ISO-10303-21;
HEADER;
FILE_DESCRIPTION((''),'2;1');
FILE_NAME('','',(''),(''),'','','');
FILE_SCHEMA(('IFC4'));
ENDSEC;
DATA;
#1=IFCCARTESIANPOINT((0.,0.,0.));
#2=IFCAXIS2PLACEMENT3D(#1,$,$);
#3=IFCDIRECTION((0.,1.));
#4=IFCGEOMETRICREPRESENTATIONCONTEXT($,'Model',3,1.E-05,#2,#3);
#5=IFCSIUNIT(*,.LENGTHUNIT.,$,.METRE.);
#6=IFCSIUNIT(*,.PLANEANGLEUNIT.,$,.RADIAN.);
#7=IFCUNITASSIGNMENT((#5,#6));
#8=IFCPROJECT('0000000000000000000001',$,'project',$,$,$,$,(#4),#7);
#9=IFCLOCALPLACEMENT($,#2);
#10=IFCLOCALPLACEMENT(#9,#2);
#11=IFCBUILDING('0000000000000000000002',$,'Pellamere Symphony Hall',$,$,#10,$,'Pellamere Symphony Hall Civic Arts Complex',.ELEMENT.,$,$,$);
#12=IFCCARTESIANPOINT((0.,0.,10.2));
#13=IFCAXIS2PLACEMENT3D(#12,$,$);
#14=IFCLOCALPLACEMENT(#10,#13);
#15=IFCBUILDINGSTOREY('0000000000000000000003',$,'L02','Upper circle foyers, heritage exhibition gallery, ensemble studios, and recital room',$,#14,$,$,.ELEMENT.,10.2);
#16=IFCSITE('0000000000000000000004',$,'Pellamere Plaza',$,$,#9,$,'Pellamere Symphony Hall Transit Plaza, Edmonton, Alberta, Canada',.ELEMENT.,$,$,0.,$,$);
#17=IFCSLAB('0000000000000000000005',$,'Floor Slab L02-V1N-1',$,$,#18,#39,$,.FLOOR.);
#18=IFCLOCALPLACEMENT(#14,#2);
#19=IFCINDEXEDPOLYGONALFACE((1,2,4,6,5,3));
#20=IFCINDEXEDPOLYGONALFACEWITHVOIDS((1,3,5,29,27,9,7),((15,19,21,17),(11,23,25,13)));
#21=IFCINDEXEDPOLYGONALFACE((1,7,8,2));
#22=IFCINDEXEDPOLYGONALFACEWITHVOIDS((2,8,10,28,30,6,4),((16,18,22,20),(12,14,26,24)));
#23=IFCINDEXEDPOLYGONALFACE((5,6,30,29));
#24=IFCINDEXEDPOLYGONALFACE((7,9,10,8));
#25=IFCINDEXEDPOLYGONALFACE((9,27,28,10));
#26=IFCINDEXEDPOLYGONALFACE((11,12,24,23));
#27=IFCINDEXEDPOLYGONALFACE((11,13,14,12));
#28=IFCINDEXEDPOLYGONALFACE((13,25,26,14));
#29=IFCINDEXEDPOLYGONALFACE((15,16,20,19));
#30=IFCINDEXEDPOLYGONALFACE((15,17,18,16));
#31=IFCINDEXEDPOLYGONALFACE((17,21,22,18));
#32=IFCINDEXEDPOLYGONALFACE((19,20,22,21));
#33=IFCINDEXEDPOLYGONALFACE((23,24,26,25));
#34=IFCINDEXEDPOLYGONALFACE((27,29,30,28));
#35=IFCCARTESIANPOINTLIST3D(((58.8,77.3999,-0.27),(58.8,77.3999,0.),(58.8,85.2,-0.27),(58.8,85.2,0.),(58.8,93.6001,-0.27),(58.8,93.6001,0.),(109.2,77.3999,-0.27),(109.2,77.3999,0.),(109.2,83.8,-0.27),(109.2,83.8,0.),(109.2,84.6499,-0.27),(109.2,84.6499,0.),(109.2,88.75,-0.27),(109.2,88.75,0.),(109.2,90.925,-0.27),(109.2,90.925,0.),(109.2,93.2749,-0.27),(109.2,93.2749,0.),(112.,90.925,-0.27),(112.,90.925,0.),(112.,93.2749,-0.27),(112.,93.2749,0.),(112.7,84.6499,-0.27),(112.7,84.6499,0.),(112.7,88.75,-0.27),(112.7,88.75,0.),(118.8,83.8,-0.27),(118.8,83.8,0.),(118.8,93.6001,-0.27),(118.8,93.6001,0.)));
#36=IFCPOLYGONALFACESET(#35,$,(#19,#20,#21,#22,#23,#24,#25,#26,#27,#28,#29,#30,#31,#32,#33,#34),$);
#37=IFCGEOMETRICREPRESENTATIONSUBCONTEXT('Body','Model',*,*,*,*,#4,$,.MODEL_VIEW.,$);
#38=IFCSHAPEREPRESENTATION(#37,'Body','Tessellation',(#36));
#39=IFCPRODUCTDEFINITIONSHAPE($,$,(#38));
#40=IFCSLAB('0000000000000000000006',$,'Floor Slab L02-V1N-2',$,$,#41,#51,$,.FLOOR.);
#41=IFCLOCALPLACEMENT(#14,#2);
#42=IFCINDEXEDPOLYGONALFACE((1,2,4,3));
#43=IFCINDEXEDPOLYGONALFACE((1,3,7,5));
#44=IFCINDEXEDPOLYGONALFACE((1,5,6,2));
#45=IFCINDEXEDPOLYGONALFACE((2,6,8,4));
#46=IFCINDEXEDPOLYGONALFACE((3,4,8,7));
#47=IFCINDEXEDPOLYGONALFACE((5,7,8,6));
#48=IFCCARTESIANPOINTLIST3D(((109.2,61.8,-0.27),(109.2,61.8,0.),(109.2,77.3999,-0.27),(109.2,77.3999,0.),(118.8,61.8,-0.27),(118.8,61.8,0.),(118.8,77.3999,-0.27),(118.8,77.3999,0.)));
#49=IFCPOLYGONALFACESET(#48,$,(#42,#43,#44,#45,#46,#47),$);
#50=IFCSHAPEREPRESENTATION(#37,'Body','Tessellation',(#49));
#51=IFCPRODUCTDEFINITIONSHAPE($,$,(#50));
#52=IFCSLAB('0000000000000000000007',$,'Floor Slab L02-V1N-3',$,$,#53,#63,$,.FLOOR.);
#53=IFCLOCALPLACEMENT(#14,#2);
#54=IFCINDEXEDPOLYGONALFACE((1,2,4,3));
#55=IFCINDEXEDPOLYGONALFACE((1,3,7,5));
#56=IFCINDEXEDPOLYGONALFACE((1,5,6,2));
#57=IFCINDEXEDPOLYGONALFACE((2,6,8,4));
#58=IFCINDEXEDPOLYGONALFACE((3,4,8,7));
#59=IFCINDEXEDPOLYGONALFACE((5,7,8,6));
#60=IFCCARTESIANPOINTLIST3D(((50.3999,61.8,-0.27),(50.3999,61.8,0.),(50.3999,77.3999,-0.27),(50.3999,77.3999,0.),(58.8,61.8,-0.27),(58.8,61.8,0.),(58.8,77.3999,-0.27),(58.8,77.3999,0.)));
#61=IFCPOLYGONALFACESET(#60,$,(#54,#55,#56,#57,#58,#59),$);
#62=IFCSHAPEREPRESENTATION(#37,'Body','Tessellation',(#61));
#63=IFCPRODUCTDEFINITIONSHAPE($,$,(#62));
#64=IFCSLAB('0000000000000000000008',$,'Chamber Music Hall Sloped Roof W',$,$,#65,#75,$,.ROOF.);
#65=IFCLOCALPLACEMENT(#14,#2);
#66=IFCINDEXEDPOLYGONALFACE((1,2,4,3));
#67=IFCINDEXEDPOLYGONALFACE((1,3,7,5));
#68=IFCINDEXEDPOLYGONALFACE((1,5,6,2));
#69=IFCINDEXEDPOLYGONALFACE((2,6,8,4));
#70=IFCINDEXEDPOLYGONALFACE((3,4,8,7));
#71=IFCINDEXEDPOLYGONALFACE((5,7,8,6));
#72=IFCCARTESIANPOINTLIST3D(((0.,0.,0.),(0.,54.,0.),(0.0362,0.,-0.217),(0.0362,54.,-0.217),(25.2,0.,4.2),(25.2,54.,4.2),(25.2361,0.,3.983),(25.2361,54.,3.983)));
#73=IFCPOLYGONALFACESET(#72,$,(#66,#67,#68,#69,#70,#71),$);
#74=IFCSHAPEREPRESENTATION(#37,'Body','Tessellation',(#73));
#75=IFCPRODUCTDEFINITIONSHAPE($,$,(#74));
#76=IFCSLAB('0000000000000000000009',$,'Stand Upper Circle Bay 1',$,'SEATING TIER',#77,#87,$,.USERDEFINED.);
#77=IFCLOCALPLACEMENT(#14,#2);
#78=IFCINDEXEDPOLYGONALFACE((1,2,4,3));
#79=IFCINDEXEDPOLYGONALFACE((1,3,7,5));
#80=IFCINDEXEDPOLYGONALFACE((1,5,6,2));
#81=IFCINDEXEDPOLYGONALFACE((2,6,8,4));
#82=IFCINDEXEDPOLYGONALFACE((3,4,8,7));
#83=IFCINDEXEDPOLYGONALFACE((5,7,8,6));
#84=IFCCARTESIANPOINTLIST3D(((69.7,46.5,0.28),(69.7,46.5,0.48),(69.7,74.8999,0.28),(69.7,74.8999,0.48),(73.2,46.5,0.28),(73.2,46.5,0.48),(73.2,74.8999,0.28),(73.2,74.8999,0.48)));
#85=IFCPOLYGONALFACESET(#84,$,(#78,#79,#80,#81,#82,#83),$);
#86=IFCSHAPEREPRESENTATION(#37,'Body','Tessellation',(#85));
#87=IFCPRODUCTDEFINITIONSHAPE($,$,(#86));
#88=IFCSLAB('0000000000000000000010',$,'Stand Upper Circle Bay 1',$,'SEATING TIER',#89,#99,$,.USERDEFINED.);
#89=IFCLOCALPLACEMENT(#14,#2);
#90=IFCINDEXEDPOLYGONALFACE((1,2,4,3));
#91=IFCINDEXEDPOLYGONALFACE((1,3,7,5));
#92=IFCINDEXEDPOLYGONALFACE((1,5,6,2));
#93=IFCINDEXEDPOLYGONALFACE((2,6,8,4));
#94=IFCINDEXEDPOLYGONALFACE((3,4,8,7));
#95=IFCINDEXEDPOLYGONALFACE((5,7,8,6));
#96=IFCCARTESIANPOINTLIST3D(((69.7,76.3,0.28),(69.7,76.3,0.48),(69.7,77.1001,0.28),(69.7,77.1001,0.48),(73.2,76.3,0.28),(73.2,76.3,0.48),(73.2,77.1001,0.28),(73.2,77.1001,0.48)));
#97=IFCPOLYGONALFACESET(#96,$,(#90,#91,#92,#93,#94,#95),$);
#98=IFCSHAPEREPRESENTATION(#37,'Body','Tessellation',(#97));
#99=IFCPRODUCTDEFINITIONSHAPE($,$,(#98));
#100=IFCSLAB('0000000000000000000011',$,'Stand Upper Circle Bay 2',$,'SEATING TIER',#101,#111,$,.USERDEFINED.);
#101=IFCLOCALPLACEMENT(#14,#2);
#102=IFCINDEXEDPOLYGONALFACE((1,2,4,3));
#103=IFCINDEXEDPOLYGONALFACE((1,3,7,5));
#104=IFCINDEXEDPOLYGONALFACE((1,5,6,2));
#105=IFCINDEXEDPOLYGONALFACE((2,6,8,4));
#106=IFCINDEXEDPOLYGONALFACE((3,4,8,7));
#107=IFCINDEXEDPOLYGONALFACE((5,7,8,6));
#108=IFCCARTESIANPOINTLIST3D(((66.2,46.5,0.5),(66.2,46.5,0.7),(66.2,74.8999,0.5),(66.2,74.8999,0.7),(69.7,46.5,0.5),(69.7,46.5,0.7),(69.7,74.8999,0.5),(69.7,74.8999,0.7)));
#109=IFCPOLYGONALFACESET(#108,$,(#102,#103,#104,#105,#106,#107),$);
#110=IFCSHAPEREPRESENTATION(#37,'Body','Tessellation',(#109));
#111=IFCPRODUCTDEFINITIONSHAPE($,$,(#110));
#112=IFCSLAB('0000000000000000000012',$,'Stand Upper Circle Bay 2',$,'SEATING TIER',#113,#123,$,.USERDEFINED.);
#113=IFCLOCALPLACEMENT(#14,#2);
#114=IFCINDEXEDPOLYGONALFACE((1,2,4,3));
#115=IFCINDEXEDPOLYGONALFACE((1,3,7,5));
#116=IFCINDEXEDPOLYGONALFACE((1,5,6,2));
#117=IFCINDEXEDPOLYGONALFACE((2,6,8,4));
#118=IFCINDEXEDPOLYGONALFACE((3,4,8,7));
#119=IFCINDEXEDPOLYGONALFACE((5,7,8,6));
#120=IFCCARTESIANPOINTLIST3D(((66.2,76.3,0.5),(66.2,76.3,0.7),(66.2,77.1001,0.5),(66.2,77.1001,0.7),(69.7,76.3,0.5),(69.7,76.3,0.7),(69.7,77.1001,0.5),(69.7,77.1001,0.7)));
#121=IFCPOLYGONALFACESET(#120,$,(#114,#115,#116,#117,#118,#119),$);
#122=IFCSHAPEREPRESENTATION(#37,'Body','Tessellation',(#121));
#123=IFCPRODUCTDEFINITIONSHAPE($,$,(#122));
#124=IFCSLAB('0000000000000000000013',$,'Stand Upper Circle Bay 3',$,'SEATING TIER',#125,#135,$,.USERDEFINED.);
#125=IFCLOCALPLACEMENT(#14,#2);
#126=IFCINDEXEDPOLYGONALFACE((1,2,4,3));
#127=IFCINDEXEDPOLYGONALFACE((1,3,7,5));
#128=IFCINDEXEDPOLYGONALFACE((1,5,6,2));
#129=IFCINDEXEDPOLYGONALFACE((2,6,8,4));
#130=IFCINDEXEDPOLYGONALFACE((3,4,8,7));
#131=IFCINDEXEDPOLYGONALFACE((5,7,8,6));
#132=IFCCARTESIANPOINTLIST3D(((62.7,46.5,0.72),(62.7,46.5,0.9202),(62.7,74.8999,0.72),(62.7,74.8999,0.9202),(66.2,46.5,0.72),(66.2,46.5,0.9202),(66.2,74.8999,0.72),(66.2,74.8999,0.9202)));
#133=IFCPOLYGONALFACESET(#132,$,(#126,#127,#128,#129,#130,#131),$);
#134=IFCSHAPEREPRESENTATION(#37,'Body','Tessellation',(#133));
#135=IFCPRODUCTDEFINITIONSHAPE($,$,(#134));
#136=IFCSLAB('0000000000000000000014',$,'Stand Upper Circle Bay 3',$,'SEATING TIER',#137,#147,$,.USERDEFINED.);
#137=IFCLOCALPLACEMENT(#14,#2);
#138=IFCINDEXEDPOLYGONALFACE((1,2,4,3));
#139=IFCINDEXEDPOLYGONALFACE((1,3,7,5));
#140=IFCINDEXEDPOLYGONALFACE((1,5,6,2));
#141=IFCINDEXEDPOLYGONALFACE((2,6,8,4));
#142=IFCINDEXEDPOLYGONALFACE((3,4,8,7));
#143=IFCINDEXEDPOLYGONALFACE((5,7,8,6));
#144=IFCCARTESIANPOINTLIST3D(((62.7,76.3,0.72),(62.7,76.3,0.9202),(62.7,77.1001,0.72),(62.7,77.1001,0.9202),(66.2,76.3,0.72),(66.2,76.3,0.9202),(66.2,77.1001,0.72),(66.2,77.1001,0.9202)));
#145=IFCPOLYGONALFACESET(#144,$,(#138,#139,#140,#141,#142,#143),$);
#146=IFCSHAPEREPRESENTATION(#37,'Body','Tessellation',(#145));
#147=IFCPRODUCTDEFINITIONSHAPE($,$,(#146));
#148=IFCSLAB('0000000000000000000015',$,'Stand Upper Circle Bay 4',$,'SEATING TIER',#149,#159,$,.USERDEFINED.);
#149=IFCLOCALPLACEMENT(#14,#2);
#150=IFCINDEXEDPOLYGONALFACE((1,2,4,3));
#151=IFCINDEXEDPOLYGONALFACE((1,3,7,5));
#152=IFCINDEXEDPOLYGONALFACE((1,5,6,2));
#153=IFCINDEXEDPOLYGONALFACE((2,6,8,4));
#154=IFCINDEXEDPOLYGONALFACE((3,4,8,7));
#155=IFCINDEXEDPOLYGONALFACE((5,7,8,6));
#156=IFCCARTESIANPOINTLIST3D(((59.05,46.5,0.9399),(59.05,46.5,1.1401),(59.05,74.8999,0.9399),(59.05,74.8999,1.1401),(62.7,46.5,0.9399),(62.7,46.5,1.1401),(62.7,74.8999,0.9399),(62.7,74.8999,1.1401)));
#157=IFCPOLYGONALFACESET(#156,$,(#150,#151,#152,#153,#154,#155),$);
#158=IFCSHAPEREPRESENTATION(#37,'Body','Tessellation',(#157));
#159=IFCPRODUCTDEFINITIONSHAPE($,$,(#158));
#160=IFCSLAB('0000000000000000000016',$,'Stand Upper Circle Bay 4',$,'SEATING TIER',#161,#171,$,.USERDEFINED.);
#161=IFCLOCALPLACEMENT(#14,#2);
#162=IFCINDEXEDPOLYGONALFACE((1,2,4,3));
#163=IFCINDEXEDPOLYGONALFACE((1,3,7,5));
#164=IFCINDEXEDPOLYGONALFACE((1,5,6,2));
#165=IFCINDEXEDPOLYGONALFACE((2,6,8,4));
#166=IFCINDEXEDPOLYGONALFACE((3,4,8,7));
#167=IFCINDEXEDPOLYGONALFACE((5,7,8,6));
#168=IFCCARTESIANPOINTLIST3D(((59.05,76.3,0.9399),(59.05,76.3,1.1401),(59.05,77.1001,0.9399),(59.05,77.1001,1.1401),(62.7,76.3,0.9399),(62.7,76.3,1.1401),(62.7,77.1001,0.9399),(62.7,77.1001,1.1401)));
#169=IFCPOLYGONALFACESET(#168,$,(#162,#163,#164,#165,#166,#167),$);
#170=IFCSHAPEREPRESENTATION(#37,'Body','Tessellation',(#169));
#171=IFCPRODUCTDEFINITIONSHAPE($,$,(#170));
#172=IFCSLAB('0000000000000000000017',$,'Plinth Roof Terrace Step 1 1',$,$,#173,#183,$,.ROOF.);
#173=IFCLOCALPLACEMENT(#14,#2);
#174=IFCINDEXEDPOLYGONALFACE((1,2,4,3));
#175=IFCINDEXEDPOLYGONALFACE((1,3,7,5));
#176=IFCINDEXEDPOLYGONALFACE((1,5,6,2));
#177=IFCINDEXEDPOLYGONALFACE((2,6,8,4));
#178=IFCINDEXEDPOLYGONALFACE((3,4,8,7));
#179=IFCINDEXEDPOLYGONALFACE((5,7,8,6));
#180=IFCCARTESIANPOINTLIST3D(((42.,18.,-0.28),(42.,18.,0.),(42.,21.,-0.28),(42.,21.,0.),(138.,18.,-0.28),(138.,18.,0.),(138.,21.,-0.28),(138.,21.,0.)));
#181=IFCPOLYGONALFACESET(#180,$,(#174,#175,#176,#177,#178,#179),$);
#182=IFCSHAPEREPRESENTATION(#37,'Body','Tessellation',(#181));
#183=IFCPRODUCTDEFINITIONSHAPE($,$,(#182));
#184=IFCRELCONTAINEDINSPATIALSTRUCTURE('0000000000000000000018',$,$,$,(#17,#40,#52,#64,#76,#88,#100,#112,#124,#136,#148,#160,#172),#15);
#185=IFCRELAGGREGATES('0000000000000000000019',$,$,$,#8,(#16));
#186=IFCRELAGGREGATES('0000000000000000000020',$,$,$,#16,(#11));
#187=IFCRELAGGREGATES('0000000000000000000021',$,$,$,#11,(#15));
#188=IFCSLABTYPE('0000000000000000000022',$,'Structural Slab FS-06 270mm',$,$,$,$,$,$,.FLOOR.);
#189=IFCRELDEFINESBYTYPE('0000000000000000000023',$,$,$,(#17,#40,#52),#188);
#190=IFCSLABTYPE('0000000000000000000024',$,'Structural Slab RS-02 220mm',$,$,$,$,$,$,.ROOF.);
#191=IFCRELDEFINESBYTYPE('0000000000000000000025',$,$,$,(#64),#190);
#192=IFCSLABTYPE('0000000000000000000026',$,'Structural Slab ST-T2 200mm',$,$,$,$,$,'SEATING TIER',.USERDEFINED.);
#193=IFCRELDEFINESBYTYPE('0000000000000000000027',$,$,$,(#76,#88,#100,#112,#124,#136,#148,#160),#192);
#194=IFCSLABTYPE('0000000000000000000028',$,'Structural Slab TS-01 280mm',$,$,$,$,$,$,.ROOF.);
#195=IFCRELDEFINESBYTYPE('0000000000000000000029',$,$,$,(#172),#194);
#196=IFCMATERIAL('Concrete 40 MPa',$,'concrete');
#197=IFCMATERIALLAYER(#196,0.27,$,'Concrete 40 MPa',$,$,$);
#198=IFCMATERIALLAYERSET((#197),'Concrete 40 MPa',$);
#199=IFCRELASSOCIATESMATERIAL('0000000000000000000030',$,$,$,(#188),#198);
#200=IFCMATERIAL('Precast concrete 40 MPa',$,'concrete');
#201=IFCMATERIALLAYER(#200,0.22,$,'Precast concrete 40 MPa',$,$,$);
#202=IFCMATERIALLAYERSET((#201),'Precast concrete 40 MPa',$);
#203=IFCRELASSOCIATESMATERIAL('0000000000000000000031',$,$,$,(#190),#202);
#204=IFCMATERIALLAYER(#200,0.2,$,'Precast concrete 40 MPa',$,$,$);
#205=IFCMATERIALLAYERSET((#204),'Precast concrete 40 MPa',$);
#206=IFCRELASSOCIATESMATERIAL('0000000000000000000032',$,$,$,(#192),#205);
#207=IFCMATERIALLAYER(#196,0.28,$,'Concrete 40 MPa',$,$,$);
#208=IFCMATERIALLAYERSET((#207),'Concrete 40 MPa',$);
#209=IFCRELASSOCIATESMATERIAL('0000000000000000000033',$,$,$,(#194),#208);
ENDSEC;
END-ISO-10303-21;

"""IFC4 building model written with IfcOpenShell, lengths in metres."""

from ifc_helpers import new_model, si_unit, direction, frame, origin, place, context, subcontext, project, spatial, polyline, outline, extrude, material, layer, layer_set, type_object, element, save


model = new_model("IFC4")

# Units and contexts
model_context = context("Model", 3, precision=1e-05, world=origin(), true_north=direction((0.0, 1.0)))
body_context = subcontext(model_context, "Body", "Model", "MODEL_VIEW")
ifc_project = project(units=[si_unit("LENGTHUNIT", "METRE"), si_unit("PLANEANGLEUNIT", "RADIAN")], contexts=[model_context])

# Site, building, storey
site_placement = place(None, origin())
site = spatial("IfcSite", under=ifc_project, at=site_placement, Name="Pellamere Plaza", LongName="Pellamere Symphony Hall Transit Plaza, Edmonton, Alberta, Canada", CompositionType="ELEMENT", RefElevation=0.0)
building_placement = place(site_placement, origin())
building = spatial("IfcBuilding", under=site, at=building_placement, Name="Pellamere Symphony Hall", LongName="Pellamere Symphony Hall Civic Arts Complex", CompositionType="ELEMENT")
storey_placement = place(building_placement, frame((0.0, 0.0, 10.2)))
storey = spatial("IfcBuildingStorey", under=building, at=storey_placement, Name="L02", Description="Upper circle foyers, heritage exhibition gallery, ensemble studios, and recital room", CompositionType="ELEMENT", Elevation=10.2)

# Shared definitions
ifc_material_1 = material(Name="Concrete 40 MPa", Category="concrete")

# Slabs
ifc_layer_1 = layer(ifc_material_1, 0.27, Name="Concrete 40 MPa")
ifc_layer_set_1 = layer_set([ifc_layer_1], Name="Concrete 40 MPa")
slab_type_1 = type_object("IfcSlabType", Name="Structural Slab FS-06 270mm", PredefinedType="FLOOR", material=ifc_layer_set_1)
slab_1_placement = place(storey_placement, frame((0.0, 0.0, -0.27)))
element("IfcSlab", 1, at=slab_1_placement, inside=storey, type_object=slab_type_1, Name="Floor Slab L02-V1N-1", PredefinedType="FLOOR", context=body_context, shape_type="SweptSolid", body=[
    extrude(outline(polyline([(118.8, 93.6001), (118.8, 83.8), (109.2, 83.8), (109.2, 77.3999), (58.8, 77.3999), (58.8, 85.2), (58.8, 93.6001), (118.8, 93.6001)]), holes=[polyline([(112.7, 88.75), (109.2, 88.75), (109.2, 84.6499), (112.7, 84.6499), (112.7, 88.75)]), polyline([(112.0, 90.925), (112.0, 93.2749), (109.2, 93.2749), (109.2, 90.925), (112.0, 90.925)])]), origin(), (0.0, 0.0, 1.0), 0.27),
])
slab_2_placement = place(storey_placement, frame((0.0, 0.0, -0.27)))
element("IfcSlab", 2, at=slab_2_placement, inside=storey, type_object=slab_type_1, Name="Floor Slab L02-V1N-2", PredefinedType="FLOOR", context=body_context, shape_type="SweptSolid", body=[
    extrude(outline(polyline([(118.8, 61.8), (109.2, 61.8), (109.2, 77.3999), (118.8, 77.3999), (118.8, 61.8)])), origin(), (0.0, 0.0, 1.0), 0.27),
])
slab_3_placement = place(storey_placement, frame((0.0, 0.0, -0.27)))
element("IfcSlab", 3, at=slab_3_placement, inside=storey, type_object=slab_type_1, Name="Floor Slab L02-V1N-3", PredefinedType="FLOOR", context=body_context, shape_type="SweptSolid", body=[
    extrude(outline(polyline([(58.8, 61.8), (50.3999, 61.8), (50.3999, 77.3999), (58.8, 77.3999), (58.8, 61.8)])), origin(), (0.0, 0.0, 1.0), 0.27),
])
ifc_material_2 = material(Name="Precast concrete 40 MPa", Category="concrete")
ifc_layer_2 = layer(ifc_material_2, 0.22, Name="Precast concrete 40 MPa")
ifc_layer_set_2 = layer_set([ifc_layer_2], Name="Precast concrete 40 MPa")
slab_type_2 = type_object("IfcSlabType", Name="Structural Slab RS-02 220mm", PredefinedType="ROOF", material=ifc_layer_set_2)
slab_4_placement = place(storey_placement, frame((0.0, 0.0, 0.0), z_axis=(-0.164397, 0.0, 0.986394), x_axis=(0.986394, 0.0, 0.164397)))
element("IfcSlab", 4, at=slab_4_placement, inside=storey, type_object=slab_type_2, Name="Chamber Music Hall Sloped Roof W", PredefinedType="ROOF", context=body_context, shape_type="SweptSolid", body=[
    extrude(outline(polyline([(0.0, 0.0), (25.5475, 0.0), (25.5475, 54.0), (0.0, 54.0), (0.0, 0.0)])), origin(), (0.0, 0.0, -1.0), 0.22),
])
ifc_layer_3 = layer(ifc_material_2, 0.2, Name="Precast concrete 40 MPa")
ifc_layer_set_3 = layer_set([ifc_layer_3], Name="Precast concrete 40 MPa")
slab_type_3 = type_object("IfcSlabType", Name="Structural Slab ST-T2 200mm", ElementType="SEATING TIER", PredefinedType="USERDEFINED", material=ifc_layer_set_3)
slab_5_placement = place(storey_placement, frame((0.0, 0.0, 0.28)))
element("IfcSlab", 5, at=slab_5_placement, inside=storey, type_object=slab_type_3, Name="Stand Upper Circle Bay 1", ObjectType="SEATING TIER", PredefinedType="USERDEFINED", context=body_context, shape_type="SweptSolid", body=[
    extrude(outline(polyline([(73.2, 46.5), (69.7, 46.5), (69.7, 74.8999), (73.2, 74.8999), (73.2, 46.5)])), origin(), (0.0, 0.0, 1.0), 0.2),
])
slab_6_placement = place(storey_placement, frame((0.0, 0.0, 0.28)))
element("IfcSlab", 6, at=slab_6_placement, inside=storey, type_object=slab_type_3, Name="Stand Upper Circle Bay 1", ObjectType="SEATING TIER", PredefinedType="USERDEFINED", context=body_context, shape_type="SweptSolid", body=[
    extrude(outline(polyline([(69.7, 77.1001), (73.2, 77.1001), (73.2, 76.3), (69.7, 76.3), (69.7, 77.1001)])), origin(), (0.0, 0.0, 1.0), 0.2),
])
slab_7_placement = place(storey_placement, frame((0.0, 0.0, 0.5)))
element("IfcSlab", 7, at=slab_7_placement, inside=storey, type_object=slab_type_3, Name="Stand Upper Circle Bay 2", ObjectType="SEATING TIER", PredefinedType="USERDEFINED", context=body_context, shape_type="SweptSolid", body=[
    extrude(outline(polyline([(69.7, 46.5), (66.2, 46.5), (66.2, 74.8999), (69.7, 74.8999), (69.7, 46.5)])), origin(), (0.0, 0.0, 1.0), 0.2),
])
slab_8_placement = place(storey_placement, frame((0.0, 0.0, 0.5)))
element("IfcSlab", 8, at=slab_8_placement, inside=storey, type_object=slab_type_3, Name="Stand Upper Circle Bay 2", ObjectType="SEATING TIER", PredefinedType="USERDEFINED", context=body_context, shape_type="SweptSolid", body=[
    extrude(outline(polyline([(66.2, 77.1001), (69.7, 77.1001), (69.7, 76.3), (66.2, 76.3), (66.2, 77.1001)])), origin(), (0.0, 0.0, 1.0), 0.2),
])
slab_9_placement = place(storey_placement, frame((0.0, 0.0, 0.72)))
element("IfcSlab", 9, at=slab_9_placement, inside=storey, type_object=slab_type_3, Name="Stand Upper Circle Bay 3", ObjectType="SEATING TIER", PredefinedType="USERDEFINED", context=body_context, shape_type="SweptSolid", body=[
    extrude(outline(polyline([(66.2, 46.5), (62.7, 46.5), (62.7, 74.8999), (66.2, 74.8999), (66.2, 46.5)])), origin(), (0.0, 0.0, 1.0), 0.2002),
])
slab_10_placement = place(storey_placement, frame((0.0, 0.0, 0.72)))
element("IfcSlab", 10, at=slab_10_placement, inside=storey, type_object=slab_type_3, Name="Stand Upper Circle Bay 3", ObjectType="SEATING TIER", PredefinedType="USERDEFINED", context=body_context, shape_type="SweptSolid", body=[
    extrude(outline(polyline([(62.7, 77.1001), (66.2, 77.1001), (66.2, 76.3), (62.7, 76.3), (62.7, 77.1001)])), origin(), (0.0, 0.0, 1.0), 0.2002),
])
slab_11_placement = place(storey_placement, frame((0.0, 0.0, 0.9399)))
element("IfcSlab", 11, at=slab_11_placement, inside=storey, type_object=slab_type_3, Name="Stand Upper Circle Bay 4", ObjectType="SEATING TIER", PredefinedType="USERDEFINED", context=body_context, shape_type="SweptSolid", body=[
    extrude(outline(polyline([(62.7, 46.5), (59.05, 46.5), (59.05, 74.8999), (62.7, 74.8999), (62.7, 46.5)])), origin(), (0.0, 0.0, 1.0), 0.2002),
])
slab_12_placement = place(storey_placement, frame((0.0, 0.0, 0.9399)))
element("IfcSlab", 12, at=slab_12_placement, inside=storey, type_object=slab_type_3, Name="Stand Upper Circle Bay 4", ObjectType="SEATING TIER", PredefinedType="USERDEFINED", context=body_context, shape_type="SweptSolid", body=[
    extrude(outline(polyline([(59.05, 77.1001), (62.7, 77.1001), (62.7, 76.3), (59.05, 76.3), (59.05, 77.1001)])), origin(), (0.0, 0.0, 1.0), 0.2002),
])
ifc_layer_4 = layer(ifc_material_1, 0.28, Name="Concrete 40 MPa")
ifc_layer_set_4 = layer_set([ifc_layer_4], Name="Concrete 40 MPa")
slab_type_4 = type_object("IfcSlabType", Name="Structural Slab TS-01 280mm", PredefinedType="ROOF", material=ifc_layer_set_4)
slab_13_placement = place(storey_placement, frame((0.0, 0.0, -0.28)))
element("IfcSlab", 13, at=slab_13_placement, inside=storey, type_object=slab_type_4, Name="Plinth Roof Terrace Step 1 1", PredefinedType="ROOF", context=body_context, shape_type="SweptSolid", body=[
    extrude(outline(polyline([(42.0, 18.0), (42.0, 21.0), (138.0, 21.0), (138.0, 18.0), (42.0, 18.0)])), origin(), (0.0, 0.0, 1.0), 0.28),
])

save(model, "model.ifc")
